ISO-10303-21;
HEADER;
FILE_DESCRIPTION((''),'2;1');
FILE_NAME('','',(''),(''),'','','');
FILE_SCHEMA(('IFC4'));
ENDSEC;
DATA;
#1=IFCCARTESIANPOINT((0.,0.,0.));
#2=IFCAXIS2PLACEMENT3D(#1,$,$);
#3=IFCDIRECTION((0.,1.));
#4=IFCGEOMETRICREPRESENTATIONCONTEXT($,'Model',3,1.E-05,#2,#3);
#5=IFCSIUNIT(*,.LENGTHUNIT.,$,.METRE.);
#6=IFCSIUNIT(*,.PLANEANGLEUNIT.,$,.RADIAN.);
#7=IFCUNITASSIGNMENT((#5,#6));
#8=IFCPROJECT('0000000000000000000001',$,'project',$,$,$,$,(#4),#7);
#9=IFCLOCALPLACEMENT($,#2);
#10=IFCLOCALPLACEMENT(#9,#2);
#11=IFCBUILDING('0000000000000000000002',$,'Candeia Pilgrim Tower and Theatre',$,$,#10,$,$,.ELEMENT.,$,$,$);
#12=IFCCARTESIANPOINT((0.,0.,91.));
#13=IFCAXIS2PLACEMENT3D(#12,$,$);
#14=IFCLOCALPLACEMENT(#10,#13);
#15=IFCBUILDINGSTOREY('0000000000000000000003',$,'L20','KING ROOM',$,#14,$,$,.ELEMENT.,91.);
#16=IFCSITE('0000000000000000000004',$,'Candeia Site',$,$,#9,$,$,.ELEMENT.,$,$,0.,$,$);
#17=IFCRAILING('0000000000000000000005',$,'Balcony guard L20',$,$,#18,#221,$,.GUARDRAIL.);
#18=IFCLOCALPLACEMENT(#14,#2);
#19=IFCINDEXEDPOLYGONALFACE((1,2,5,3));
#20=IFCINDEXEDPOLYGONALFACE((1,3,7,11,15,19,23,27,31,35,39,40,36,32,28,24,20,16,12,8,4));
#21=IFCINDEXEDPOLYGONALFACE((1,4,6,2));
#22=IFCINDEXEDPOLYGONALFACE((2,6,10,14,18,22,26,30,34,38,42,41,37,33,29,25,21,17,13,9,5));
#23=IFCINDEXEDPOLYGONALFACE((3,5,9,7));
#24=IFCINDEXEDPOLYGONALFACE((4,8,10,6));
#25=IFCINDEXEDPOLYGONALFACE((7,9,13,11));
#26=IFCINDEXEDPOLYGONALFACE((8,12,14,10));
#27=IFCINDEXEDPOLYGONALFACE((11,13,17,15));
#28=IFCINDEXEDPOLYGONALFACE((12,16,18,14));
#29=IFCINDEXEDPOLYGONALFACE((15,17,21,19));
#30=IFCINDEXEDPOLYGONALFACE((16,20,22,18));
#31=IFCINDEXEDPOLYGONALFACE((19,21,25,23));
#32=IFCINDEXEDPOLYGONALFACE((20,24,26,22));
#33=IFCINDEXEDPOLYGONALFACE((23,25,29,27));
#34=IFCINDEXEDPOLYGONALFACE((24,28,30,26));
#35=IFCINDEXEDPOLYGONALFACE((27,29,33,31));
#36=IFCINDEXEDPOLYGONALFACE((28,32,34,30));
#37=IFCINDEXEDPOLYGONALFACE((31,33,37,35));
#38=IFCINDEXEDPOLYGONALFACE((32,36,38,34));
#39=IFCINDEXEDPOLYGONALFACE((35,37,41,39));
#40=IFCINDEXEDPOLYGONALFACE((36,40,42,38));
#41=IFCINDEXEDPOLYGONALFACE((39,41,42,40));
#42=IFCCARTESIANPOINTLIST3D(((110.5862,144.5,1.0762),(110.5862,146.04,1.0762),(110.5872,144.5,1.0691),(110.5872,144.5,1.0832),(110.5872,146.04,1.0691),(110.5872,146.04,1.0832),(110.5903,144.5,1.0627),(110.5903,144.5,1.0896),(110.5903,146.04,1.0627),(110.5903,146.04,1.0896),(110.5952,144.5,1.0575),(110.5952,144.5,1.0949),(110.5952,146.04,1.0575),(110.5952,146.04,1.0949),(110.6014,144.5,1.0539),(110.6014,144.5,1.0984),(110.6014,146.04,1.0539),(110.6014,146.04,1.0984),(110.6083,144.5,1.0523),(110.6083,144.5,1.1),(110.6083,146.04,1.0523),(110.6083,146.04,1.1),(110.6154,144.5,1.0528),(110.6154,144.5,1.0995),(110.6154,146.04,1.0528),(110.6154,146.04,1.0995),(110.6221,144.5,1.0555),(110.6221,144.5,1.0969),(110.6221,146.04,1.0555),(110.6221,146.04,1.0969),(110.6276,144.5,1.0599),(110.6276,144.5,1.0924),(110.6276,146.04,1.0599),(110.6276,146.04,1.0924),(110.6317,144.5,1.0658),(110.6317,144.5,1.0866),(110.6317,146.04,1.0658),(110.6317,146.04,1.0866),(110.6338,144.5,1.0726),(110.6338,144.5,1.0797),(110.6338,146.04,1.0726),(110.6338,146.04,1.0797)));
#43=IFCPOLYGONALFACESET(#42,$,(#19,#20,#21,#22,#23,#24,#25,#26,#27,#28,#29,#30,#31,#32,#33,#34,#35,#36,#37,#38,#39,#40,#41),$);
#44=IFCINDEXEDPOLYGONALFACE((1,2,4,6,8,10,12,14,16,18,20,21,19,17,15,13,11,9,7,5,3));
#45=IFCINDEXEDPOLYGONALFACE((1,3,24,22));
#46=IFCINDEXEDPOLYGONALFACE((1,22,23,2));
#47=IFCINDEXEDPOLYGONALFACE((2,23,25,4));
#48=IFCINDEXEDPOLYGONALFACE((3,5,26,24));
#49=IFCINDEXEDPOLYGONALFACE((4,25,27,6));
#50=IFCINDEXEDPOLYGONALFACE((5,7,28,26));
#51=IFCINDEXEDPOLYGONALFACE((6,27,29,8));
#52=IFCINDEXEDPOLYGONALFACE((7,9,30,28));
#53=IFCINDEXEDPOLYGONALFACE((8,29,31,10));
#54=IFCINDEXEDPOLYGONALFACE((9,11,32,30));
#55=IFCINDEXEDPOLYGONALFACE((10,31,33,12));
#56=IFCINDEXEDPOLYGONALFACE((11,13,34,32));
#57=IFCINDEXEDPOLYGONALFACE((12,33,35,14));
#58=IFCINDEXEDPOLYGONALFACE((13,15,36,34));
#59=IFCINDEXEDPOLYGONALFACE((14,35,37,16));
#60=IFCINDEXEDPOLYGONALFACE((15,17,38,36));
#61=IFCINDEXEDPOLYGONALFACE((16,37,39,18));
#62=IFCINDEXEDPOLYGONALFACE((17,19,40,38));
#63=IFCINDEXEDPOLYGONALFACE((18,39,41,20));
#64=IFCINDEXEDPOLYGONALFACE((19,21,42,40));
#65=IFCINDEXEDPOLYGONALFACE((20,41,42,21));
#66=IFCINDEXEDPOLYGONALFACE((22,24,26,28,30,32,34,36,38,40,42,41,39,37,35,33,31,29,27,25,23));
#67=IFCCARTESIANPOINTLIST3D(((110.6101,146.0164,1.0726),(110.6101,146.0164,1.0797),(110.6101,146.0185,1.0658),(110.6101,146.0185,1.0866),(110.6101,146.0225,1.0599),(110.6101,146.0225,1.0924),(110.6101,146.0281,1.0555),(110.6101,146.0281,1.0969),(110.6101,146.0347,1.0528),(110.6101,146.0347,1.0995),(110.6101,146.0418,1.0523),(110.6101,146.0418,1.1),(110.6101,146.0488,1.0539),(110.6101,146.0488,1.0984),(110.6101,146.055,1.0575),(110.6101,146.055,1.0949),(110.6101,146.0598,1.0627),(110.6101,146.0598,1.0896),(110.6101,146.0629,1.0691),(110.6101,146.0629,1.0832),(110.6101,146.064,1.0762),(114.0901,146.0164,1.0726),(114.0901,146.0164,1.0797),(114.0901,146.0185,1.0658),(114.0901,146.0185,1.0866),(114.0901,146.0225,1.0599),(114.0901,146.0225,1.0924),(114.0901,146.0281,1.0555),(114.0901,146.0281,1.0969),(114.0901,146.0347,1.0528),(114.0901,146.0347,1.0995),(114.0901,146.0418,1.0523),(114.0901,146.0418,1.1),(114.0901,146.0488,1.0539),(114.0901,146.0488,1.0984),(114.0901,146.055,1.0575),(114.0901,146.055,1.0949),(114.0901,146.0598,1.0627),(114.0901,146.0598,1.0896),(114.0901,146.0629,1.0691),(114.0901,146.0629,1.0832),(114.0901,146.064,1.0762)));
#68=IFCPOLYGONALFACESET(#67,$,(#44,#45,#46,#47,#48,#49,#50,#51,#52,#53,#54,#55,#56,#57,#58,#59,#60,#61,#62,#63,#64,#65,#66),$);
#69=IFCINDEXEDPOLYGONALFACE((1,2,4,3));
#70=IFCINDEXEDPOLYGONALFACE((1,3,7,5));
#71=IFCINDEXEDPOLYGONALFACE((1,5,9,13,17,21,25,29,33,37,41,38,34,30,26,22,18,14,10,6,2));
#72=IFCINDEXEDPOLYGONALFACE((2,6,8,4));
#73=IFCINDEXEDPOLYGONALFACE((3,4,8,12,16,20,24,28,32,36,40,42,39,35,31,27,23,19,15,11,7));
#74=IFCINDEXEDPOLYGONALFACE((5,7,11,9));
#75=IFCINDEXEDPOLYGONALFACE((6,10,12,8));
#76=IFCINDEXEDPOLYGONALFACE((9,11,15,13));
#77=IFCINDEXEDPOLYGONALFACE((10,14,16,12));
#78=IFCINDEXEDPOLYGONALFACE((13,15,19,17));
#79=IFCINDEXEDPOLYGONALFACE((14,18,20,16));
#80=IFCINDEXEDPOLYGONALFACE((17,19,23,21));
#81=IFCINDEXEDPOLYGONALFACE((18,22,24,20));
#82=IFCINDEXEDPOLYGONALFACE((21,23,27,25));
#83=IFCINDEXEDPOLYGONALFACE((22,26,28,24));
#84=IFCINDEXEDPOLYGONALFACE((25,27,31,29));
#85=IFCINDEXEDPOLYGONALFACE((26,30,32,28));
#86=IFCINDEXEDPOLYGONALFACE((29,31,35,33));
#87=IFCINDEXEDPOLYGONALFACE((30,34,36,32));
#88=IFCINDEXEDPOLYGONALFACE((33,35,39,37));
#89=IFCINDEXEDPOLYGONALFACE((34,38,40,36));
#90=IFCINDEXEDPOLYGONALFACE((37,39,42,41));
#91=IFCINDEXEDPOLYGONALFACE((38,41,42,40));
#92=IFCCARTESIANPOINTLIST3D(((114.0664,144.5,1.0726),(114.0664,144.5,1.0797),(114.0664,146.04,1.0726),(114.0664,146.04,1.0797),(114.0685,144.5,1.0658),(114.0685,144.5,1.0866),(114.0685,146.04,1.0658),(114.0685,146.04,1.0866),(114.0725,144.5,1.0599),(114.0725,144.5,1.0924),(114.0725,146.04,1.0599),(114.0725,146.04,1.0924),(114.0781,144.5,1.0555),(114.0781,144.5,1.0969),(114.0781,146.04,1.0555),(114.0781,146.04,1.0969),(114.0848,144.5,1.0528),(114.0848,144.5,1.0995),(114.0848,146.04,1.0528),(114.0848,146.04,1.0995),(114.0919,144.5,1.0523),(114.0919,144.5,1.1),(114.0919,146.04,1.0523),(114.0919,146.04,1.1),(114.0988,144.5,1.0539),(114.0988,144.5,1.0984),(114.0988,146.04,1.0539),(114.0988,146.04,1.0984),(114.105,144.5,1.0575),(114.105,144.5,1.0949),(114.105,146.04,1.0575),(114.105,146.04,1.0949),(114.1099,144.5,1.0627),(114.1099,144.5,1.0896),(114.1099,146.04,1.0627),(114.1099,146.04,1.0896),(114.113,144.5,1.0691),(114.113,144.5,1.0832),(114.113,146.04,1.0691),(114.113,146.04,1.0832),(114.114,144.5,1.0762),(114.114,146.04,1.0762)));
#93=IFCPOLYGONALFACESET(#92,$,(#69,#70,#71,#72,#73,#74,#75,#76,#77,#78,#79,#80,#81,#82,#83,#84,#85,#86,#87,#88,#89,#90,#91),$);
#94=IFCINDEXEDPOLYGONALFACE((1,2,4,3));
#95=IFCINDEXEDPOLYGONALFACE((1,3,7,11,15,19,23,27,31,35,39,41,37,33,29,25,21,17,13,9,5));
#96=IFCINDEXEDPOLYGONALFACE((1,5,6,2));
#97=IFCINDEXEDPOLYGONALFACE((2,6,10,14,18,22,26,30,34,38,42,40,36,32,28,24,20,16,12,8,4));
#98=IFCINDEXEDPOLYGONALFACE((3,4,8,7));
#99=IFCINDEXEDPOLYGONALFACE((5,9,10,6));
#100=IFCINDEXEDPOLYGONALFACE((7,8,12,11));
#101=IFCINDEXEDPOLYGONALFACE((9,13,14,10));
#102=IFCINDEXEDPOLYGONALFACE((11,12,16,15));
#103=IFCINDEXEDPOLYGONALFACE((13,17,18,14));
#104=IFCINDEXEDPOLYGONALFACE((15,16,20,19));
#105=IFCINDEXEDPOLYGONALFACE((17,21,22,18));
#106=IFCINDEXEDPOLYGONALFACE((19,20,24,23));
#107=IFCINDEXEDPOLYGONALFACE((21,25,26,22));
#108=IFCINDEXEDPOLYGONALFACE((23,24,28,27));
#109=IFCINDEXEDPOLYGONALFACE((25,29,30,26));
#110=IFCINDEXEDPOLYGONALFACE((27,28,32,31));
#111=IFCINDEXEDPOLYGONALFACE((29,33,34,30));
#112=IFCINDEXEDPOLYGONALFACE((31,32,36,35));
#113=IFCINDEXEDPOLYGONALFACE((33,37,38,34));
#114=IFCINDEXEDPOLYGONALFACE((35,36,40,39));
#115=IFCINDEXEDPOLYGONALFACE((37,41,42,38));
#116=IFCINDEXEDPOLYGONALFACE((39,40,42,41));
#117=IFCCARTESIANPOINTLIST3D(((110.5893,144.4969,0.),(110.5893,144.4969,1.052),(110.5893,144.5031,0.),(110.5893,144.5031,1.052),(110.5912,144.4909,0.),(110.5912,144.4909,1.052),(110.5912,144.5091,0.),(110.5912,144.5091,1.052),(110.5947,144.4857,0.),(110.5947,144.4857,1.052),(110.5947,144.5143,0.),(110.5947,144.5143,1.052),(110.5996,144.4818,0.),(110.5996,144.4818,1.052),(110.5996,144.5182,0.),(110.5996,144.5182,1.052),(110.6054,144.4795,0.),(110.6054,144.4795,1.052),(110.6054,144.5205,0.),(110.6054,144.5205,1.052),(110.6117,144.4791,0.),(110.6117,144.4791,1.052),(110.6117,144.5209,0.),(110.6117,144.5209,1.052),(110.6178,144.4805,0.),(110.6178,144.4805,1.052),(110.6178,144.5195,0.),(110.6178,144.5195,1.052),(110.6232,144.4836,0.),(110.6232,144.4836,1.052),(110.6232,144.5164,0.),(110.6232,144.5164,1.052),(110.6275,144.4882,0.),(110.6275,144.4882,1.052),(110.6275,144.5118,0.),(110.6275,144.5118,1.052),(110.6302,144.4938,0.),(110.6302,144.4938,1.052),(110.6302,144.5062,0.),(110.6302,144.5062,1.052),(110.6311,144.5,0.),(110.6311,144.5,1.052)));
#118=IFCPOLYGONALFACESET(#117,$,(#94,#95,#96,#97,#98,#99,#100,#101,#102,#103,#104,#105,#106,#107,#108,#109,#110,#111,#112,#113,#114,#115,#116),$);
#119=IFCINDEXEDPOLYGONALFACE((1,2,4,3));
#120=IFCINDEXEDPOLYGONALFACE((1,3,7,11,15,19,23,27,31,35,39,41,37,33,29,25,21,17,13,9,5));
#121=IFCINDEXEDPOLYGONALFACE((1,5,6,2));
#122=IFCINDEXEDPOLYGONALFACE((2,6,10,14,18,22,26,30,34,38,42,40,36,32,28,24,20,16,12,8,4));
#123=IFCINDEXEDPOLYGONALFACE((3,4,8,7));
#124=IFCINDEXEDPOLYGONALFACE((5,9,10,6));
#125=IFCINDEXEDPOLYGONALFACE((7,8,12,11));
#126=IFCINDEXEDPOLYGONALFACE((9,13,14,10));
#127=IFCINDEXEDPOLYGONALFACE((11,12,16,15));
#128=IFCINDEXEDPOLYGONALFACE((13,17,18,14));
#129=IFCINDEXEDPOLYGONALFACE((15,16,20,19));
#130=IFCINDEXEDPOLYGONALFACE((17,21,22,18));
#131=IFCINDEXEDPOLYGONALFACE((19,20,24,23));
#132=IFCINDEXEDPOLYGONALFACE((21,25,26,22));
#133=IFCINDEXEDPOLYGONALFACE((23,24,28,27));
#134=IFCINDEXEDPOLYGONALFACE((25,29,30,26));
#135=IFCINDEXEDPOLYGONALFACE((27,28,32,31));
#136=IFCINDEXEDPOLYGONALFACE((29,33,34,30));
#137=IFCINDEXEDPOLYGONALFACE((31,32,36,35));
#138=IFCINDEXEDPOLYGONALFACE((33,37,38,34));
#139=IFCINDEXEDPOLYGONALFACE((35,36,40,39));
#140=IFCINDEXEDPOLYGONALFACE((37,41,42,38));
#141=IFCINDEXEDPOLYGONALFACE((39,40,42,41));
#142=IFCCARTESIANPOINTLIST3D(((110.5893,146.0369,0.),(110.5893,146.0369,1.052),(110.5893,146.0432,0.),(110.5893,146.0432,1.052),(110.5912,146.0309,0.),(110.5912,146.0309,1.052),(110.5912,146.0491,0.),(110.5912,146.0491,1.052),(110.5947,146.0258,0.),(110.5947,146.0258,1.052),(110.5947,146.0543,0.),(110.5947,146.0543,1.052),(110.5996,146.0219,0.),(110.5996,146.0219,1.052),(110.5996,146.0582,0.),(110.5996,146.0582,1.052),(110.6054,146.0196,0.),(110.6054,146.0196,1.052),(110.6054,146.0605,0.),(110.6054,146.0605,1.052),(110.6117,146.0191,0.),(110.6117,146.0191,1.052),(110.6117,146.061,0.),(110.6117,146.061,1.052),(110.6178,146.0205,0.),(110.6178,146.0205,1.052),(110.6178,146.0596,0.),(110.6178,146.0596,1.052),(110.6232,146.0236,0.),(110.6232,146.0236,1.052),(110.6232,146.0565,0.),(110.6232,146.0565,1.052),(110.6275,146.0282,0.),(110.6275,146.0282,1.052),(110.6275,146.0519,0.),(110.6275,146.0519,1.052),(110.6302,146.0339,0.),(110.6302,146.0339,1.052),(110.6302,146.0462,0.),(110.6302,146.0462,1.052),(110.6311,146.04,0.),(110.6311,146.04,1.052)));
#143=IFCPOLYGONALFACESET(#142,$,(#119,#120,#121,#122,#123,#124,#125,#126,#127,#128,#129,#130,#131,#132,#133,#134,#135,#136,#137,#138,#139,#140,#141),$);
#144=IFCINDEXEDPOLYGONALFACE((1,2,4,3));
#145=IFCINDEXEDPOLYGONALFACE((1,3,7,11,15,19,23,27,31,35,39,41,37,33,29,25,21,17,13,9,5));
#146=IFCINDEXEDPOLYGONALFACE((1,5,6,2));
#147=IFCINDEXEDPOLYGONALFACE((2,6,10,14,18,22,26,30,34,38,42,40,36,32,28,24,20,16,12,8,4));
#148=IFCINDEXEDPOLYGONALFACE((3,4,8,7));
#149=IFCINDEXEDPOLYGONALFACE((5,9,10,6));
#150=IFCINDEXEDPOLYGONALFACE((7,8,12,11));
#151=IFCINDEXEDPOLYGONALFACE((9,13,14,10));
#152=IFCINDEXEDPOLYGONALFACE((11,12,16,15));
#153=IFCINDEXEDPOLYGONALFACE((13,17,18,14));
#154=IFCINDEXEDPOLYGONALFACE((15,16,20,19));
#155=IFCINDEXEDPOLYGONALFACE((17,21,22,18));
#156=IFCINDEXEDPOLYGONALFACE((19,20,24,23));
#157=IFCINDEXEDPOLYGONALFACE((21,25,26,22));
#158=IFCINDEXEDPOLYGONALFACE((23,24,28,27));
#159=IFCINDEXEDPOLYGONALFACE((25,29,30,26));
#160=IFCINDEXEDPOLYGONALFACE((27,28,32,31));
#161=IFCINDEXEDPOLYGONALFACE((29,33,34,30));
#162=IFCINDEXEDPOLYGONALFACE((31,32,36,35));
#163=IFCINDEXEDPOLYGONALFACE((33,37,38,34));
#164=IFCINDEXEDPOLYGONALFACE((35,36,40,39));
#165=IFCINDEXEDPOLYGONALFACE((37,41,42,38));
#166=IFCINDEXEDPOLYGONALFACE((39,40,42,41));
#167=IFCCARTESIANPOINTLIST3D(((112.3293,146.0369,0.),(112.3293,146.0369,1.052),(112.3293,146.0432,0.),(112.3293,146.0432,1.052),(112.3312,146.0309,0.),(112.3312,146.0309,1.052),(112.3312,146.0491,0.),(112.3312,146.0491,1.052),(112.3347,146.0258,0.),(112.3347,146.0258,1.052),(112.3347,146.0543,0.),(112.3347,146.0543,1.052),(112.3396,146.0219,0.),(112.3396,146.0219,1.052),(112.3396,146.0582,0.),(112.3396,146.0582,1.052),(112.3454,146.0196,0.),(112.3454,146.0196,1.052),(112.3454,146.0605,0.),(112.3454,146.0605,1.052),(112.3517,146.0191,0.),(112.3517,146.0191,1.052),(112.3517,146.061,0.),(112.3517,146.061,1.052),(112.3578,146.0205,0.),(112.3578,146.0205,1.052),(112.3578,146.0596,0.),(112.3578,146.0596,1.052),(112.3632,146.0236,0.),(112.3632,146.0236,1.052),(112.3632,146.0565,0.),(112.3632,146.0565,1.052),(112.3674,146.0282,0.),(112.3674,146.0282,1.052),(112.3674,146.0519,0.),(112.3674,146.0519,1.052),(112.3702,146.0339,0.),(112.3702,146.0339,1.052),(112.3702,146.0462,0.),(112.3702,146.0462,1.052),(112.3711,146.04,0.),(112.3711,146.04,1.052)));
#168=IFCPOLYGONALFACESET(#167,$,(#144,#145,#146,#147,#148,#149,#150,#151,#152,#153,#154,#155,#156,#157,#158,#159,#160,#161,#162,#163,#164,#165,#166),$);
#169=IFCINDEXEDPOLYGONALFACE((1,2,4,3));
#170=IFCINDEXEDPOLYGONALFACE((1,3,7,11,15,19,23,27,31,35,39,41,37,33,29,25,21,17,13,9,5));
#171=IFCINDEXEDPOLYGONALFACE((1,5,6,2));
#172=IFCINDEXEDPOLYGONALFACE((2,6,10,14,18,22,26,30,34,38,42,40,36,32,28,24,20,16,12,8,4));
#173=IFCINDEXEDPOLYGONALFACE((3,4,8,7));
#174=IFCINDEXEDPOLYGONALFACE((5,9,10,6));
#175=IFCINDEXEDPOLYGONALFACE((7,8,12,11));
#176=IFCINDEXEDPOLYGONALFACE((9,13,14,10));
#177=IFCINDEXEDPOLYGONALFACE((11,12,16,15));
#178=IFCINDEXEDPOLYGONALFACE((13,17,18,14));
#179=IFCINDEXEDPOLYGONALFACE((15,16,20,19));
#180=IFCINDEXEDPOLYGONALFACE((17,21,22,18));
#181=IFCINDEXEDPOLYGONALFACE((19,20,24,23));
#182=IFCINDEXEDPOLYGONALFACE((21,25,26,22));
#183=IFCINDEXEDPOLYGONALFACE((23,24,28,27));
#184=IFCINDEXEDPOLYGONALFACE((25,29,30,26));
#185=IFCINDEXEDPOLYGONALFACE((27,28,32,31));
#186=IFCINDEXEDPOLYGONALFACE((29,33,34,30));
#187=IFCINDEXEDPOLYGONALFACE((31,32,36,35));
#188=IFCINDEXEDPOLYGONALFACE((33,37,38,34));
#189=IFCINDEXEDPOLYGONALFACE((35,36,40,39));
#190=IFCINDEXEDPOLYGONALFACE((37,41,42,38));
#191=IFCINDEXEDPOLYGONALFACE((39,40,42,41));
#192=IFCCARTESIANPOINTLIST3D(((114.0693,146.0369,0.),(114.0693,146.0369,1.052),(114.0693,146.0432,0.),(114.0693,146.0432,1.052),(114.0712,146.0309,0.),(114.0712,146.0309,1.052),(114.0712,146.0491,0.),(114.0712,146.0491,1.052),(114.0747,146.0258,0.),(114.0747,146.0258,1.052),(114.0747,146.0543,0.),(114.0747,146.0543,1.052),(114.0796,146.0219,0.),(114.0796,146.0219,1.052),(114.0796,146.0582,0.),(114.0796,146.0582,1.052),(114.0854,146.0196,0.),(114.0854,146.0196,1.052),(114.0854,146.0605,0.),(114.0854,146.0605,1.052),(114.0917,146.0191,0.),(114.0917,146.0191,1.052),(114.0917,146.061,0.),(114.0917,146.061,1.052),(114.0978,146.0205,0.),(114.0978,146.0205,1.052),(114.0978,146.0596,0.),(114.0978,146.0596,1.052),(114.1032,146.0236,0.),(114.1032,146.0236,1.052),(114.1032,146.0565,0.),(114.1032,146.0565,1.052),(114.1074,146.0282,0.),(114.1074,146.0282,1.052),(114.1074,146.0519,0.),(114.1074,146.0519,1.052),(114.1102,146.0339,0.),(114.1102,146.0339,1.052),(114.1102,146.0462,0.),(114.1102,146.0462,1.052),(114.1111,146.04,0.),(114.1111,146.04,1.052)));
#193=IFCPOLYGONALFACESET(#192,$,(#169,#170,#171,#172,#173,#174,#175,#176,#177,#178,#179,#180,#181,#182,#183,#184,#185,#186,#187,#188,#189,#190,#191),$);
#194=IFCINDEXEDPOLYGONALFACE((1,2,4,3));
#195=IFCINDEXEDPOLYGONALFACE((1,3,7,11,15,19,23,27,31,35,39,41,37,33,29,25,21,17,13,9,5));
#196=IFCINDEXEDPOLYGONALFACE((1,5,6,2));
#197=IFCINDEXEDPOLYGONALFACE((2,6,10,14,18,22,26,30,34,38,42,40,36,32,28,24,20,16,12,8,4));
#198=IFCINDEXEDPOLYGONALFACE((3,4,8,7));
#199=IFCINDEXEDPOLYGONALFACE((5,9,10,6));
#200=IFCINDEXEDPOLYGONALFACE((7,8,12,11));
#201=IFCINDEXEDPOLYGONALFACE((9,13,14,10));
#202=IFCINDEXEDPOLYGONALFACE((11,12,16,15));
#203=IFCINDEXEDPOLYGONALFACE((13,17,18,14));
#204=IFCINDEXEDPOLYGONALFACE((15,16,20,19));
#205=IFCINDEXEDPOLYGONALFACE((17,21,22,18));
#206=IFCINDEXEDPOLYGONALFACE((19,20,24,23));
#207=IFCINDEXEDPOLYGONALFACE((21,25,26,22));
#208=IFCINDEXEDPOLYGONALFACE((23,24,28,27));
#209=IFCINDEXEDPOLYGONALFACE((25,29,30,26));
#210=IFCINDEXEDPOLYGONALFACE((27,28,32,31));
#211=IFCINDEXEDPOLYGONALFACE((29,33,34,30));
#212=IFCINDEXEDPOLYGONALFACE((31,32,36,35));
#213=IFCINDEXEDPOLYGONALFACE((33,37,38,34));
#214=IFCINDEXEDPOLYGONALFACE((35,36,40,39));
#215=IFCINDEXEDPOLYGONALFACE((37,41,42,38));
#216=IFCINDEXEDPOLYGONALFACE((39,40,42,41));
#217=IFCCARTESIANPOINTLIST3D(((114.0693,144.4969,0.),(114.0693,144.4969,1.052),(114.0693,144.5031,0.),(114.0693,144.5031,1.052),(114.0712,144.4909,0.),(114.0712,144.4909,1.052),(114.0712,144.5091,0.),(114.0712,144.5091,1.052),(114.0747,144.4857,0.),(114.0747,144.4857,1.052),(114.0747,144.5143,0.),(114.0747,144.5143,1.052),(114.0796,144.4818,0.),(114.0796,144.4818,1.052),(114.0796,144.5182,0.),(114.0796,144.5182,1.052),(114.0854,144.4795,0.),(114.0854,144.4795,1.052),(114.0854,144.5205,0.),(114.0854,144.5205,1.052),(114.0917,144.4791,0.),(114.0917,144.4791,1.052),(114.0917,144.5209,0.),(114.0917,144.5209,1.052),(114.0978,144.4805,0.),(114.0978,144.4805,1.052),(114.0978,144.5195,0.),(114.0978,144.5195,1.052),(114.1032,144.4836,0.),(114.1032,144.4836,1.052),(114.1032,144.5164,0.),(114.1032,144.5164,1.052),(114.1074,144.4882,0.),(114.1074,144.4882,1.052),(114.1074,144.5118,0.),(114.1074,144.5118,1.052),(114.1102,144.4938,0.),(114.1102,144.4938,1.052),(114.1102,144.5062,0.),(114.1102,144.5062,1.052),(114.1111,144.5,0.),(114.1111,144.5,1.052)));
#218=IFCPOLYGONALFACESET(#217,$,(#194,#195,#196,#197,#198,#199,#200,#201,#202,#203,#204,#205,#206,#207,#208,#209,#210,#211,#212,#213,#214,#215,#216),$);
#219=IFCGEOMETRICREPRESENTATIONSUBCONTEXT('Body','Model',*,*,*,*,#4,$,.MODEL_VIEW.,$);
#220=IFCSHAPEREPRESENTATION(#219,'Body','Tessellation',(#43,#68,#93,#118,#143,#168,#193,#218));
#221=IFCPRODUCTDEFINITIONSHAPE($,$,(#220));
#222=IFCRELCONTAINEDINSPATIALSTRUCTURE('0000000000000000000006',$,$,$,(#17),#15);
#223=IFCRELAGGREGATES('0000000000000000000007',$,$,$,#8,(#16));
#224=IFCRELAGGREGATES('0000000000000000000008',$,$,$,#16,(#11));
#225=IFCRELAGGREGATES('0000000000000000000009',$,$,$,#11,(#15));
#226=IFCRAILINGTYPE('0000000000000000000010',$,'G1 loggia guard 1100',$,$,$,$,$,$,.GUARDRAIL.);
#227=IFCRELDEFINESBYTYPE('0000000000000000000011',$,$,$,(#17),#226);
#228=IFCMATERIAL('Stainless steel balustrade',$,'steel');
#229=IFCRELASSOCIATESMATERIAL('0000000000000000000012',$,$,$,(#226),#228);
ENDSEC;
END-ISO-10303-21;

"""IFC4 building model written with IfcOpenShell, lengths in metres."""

from ifc_helpers import new_model, si_unit, direction, frame, origin, origin_2d, place, context, subcontext, project, spatial, circle, extrude, material, type_object, element, save


model = new_model("IFC4")

# Units and contexts
model_context = context("Model", 3, precision=1e-05, world=origin(), true_north=direction((0.0, 1.0)))
body_context = subcontext(model_context, "Body", "Model", "MODEL_VIEW")
ifc_project = project(units=[si_unit("LENGTHUNIT", "METRE"), si_unit("PLANEANGLEUNIT", "RADIAN")], contexts=[model_context])

# Site, building, storey
site_placement = place(None, origin())
site = spatial("IfcSite", under=ifc_project, at=site_placement, Name="Candeia Site", CompositionType="ELEMENT", RefElevation=0.0)
building_placement = place(site_placement, origin())
building = spatial("IfcBuilding", under=site, at=building_placement, Name="Candeia Pilgrim Tower and Theatre", CompositionType="ELEMENT")
storey_placement = place(building_placement, frame((0.0, 0.0, 91.0)))
storey = spatial("IfcBuildingStorey", under=building, at=storey_placement, Name="L20", Description="KING ROOM", CompositionType="ELEMENT", Elevation=91.0)

# Railing
ifc_material_1 = material(Name="Stainless steel balustrade", Category="steel")
railing_type = type_object("IfcRailingType", Name="G1 loggia guard 1100", PredefinedType="GUARDRAIL", material=ifc_material_1)
railing_1_placement = place(storey_placement, frame((110.6101, 144.5, 0.0)))
element("IfcRailing", 1, at=railing_1_placement, inside=storey, type_object=railing_type, Name="Balcony guard L20", PredefinedType="GUARDRAIL", context=body_context, shape_type="SweptSolid", body=[
    extrude(circle(Radius=0.0239, at=origin_2d()), frame((0.0, 0.0, 1.0762), z_axis=(0.0, 1.0, 0.0), x_axis=(-1.0, 0.0, 0.0)), (0.0, 0.0, 1.0), 1.54),
    extrude(circle(Radius=0.0239, at=origin_2d()), frame((0.0, 1.54, 1.0762), z_axis=(1.0, 0.0, 0.0), x_axis=(0.0, 1.0, 0.0)), (0.0, 0.0, 1.0), 3.48),
    extrude(circle(Radius=0.0239, at=origin_2d()), frame((3.48, 1.54, 1.0762), z_axis=(0.0, -1.0, 0.0), x_axis=(1.0, 0.0, 0.0)), (0.0, 0.0, 1.0), 1.54),
    extrude(circle(Radius=0.021, at=origin_2d()), origin(), (0.0, 0.0, 1.0), 1.052),
    extrude(circle(Radius=0.021, at=origin_2d()), frame((0.0, 1.54, 0.0)), (0.0, 0.0, 1.0), 1.052),
    extrude(circle(Radius=0.021, at=origin_2d()), frame((1.74, 1.54, 0.0)), (0.0, 0.0, 1.0), 1.052),
    extrude(circle(Radius=0.021, at=origin_2d()), frame((3.48, 1.54, 0.0)), (0.0, 0.0, 1.0), 1.052),
    extrude(circle(Radius=0.021, at=origin_2d()), frame((3.48, 0.0, 0.0)), (0.0, 0.0, 1.0), 1.052),
])

save(model, "model.ifc")
